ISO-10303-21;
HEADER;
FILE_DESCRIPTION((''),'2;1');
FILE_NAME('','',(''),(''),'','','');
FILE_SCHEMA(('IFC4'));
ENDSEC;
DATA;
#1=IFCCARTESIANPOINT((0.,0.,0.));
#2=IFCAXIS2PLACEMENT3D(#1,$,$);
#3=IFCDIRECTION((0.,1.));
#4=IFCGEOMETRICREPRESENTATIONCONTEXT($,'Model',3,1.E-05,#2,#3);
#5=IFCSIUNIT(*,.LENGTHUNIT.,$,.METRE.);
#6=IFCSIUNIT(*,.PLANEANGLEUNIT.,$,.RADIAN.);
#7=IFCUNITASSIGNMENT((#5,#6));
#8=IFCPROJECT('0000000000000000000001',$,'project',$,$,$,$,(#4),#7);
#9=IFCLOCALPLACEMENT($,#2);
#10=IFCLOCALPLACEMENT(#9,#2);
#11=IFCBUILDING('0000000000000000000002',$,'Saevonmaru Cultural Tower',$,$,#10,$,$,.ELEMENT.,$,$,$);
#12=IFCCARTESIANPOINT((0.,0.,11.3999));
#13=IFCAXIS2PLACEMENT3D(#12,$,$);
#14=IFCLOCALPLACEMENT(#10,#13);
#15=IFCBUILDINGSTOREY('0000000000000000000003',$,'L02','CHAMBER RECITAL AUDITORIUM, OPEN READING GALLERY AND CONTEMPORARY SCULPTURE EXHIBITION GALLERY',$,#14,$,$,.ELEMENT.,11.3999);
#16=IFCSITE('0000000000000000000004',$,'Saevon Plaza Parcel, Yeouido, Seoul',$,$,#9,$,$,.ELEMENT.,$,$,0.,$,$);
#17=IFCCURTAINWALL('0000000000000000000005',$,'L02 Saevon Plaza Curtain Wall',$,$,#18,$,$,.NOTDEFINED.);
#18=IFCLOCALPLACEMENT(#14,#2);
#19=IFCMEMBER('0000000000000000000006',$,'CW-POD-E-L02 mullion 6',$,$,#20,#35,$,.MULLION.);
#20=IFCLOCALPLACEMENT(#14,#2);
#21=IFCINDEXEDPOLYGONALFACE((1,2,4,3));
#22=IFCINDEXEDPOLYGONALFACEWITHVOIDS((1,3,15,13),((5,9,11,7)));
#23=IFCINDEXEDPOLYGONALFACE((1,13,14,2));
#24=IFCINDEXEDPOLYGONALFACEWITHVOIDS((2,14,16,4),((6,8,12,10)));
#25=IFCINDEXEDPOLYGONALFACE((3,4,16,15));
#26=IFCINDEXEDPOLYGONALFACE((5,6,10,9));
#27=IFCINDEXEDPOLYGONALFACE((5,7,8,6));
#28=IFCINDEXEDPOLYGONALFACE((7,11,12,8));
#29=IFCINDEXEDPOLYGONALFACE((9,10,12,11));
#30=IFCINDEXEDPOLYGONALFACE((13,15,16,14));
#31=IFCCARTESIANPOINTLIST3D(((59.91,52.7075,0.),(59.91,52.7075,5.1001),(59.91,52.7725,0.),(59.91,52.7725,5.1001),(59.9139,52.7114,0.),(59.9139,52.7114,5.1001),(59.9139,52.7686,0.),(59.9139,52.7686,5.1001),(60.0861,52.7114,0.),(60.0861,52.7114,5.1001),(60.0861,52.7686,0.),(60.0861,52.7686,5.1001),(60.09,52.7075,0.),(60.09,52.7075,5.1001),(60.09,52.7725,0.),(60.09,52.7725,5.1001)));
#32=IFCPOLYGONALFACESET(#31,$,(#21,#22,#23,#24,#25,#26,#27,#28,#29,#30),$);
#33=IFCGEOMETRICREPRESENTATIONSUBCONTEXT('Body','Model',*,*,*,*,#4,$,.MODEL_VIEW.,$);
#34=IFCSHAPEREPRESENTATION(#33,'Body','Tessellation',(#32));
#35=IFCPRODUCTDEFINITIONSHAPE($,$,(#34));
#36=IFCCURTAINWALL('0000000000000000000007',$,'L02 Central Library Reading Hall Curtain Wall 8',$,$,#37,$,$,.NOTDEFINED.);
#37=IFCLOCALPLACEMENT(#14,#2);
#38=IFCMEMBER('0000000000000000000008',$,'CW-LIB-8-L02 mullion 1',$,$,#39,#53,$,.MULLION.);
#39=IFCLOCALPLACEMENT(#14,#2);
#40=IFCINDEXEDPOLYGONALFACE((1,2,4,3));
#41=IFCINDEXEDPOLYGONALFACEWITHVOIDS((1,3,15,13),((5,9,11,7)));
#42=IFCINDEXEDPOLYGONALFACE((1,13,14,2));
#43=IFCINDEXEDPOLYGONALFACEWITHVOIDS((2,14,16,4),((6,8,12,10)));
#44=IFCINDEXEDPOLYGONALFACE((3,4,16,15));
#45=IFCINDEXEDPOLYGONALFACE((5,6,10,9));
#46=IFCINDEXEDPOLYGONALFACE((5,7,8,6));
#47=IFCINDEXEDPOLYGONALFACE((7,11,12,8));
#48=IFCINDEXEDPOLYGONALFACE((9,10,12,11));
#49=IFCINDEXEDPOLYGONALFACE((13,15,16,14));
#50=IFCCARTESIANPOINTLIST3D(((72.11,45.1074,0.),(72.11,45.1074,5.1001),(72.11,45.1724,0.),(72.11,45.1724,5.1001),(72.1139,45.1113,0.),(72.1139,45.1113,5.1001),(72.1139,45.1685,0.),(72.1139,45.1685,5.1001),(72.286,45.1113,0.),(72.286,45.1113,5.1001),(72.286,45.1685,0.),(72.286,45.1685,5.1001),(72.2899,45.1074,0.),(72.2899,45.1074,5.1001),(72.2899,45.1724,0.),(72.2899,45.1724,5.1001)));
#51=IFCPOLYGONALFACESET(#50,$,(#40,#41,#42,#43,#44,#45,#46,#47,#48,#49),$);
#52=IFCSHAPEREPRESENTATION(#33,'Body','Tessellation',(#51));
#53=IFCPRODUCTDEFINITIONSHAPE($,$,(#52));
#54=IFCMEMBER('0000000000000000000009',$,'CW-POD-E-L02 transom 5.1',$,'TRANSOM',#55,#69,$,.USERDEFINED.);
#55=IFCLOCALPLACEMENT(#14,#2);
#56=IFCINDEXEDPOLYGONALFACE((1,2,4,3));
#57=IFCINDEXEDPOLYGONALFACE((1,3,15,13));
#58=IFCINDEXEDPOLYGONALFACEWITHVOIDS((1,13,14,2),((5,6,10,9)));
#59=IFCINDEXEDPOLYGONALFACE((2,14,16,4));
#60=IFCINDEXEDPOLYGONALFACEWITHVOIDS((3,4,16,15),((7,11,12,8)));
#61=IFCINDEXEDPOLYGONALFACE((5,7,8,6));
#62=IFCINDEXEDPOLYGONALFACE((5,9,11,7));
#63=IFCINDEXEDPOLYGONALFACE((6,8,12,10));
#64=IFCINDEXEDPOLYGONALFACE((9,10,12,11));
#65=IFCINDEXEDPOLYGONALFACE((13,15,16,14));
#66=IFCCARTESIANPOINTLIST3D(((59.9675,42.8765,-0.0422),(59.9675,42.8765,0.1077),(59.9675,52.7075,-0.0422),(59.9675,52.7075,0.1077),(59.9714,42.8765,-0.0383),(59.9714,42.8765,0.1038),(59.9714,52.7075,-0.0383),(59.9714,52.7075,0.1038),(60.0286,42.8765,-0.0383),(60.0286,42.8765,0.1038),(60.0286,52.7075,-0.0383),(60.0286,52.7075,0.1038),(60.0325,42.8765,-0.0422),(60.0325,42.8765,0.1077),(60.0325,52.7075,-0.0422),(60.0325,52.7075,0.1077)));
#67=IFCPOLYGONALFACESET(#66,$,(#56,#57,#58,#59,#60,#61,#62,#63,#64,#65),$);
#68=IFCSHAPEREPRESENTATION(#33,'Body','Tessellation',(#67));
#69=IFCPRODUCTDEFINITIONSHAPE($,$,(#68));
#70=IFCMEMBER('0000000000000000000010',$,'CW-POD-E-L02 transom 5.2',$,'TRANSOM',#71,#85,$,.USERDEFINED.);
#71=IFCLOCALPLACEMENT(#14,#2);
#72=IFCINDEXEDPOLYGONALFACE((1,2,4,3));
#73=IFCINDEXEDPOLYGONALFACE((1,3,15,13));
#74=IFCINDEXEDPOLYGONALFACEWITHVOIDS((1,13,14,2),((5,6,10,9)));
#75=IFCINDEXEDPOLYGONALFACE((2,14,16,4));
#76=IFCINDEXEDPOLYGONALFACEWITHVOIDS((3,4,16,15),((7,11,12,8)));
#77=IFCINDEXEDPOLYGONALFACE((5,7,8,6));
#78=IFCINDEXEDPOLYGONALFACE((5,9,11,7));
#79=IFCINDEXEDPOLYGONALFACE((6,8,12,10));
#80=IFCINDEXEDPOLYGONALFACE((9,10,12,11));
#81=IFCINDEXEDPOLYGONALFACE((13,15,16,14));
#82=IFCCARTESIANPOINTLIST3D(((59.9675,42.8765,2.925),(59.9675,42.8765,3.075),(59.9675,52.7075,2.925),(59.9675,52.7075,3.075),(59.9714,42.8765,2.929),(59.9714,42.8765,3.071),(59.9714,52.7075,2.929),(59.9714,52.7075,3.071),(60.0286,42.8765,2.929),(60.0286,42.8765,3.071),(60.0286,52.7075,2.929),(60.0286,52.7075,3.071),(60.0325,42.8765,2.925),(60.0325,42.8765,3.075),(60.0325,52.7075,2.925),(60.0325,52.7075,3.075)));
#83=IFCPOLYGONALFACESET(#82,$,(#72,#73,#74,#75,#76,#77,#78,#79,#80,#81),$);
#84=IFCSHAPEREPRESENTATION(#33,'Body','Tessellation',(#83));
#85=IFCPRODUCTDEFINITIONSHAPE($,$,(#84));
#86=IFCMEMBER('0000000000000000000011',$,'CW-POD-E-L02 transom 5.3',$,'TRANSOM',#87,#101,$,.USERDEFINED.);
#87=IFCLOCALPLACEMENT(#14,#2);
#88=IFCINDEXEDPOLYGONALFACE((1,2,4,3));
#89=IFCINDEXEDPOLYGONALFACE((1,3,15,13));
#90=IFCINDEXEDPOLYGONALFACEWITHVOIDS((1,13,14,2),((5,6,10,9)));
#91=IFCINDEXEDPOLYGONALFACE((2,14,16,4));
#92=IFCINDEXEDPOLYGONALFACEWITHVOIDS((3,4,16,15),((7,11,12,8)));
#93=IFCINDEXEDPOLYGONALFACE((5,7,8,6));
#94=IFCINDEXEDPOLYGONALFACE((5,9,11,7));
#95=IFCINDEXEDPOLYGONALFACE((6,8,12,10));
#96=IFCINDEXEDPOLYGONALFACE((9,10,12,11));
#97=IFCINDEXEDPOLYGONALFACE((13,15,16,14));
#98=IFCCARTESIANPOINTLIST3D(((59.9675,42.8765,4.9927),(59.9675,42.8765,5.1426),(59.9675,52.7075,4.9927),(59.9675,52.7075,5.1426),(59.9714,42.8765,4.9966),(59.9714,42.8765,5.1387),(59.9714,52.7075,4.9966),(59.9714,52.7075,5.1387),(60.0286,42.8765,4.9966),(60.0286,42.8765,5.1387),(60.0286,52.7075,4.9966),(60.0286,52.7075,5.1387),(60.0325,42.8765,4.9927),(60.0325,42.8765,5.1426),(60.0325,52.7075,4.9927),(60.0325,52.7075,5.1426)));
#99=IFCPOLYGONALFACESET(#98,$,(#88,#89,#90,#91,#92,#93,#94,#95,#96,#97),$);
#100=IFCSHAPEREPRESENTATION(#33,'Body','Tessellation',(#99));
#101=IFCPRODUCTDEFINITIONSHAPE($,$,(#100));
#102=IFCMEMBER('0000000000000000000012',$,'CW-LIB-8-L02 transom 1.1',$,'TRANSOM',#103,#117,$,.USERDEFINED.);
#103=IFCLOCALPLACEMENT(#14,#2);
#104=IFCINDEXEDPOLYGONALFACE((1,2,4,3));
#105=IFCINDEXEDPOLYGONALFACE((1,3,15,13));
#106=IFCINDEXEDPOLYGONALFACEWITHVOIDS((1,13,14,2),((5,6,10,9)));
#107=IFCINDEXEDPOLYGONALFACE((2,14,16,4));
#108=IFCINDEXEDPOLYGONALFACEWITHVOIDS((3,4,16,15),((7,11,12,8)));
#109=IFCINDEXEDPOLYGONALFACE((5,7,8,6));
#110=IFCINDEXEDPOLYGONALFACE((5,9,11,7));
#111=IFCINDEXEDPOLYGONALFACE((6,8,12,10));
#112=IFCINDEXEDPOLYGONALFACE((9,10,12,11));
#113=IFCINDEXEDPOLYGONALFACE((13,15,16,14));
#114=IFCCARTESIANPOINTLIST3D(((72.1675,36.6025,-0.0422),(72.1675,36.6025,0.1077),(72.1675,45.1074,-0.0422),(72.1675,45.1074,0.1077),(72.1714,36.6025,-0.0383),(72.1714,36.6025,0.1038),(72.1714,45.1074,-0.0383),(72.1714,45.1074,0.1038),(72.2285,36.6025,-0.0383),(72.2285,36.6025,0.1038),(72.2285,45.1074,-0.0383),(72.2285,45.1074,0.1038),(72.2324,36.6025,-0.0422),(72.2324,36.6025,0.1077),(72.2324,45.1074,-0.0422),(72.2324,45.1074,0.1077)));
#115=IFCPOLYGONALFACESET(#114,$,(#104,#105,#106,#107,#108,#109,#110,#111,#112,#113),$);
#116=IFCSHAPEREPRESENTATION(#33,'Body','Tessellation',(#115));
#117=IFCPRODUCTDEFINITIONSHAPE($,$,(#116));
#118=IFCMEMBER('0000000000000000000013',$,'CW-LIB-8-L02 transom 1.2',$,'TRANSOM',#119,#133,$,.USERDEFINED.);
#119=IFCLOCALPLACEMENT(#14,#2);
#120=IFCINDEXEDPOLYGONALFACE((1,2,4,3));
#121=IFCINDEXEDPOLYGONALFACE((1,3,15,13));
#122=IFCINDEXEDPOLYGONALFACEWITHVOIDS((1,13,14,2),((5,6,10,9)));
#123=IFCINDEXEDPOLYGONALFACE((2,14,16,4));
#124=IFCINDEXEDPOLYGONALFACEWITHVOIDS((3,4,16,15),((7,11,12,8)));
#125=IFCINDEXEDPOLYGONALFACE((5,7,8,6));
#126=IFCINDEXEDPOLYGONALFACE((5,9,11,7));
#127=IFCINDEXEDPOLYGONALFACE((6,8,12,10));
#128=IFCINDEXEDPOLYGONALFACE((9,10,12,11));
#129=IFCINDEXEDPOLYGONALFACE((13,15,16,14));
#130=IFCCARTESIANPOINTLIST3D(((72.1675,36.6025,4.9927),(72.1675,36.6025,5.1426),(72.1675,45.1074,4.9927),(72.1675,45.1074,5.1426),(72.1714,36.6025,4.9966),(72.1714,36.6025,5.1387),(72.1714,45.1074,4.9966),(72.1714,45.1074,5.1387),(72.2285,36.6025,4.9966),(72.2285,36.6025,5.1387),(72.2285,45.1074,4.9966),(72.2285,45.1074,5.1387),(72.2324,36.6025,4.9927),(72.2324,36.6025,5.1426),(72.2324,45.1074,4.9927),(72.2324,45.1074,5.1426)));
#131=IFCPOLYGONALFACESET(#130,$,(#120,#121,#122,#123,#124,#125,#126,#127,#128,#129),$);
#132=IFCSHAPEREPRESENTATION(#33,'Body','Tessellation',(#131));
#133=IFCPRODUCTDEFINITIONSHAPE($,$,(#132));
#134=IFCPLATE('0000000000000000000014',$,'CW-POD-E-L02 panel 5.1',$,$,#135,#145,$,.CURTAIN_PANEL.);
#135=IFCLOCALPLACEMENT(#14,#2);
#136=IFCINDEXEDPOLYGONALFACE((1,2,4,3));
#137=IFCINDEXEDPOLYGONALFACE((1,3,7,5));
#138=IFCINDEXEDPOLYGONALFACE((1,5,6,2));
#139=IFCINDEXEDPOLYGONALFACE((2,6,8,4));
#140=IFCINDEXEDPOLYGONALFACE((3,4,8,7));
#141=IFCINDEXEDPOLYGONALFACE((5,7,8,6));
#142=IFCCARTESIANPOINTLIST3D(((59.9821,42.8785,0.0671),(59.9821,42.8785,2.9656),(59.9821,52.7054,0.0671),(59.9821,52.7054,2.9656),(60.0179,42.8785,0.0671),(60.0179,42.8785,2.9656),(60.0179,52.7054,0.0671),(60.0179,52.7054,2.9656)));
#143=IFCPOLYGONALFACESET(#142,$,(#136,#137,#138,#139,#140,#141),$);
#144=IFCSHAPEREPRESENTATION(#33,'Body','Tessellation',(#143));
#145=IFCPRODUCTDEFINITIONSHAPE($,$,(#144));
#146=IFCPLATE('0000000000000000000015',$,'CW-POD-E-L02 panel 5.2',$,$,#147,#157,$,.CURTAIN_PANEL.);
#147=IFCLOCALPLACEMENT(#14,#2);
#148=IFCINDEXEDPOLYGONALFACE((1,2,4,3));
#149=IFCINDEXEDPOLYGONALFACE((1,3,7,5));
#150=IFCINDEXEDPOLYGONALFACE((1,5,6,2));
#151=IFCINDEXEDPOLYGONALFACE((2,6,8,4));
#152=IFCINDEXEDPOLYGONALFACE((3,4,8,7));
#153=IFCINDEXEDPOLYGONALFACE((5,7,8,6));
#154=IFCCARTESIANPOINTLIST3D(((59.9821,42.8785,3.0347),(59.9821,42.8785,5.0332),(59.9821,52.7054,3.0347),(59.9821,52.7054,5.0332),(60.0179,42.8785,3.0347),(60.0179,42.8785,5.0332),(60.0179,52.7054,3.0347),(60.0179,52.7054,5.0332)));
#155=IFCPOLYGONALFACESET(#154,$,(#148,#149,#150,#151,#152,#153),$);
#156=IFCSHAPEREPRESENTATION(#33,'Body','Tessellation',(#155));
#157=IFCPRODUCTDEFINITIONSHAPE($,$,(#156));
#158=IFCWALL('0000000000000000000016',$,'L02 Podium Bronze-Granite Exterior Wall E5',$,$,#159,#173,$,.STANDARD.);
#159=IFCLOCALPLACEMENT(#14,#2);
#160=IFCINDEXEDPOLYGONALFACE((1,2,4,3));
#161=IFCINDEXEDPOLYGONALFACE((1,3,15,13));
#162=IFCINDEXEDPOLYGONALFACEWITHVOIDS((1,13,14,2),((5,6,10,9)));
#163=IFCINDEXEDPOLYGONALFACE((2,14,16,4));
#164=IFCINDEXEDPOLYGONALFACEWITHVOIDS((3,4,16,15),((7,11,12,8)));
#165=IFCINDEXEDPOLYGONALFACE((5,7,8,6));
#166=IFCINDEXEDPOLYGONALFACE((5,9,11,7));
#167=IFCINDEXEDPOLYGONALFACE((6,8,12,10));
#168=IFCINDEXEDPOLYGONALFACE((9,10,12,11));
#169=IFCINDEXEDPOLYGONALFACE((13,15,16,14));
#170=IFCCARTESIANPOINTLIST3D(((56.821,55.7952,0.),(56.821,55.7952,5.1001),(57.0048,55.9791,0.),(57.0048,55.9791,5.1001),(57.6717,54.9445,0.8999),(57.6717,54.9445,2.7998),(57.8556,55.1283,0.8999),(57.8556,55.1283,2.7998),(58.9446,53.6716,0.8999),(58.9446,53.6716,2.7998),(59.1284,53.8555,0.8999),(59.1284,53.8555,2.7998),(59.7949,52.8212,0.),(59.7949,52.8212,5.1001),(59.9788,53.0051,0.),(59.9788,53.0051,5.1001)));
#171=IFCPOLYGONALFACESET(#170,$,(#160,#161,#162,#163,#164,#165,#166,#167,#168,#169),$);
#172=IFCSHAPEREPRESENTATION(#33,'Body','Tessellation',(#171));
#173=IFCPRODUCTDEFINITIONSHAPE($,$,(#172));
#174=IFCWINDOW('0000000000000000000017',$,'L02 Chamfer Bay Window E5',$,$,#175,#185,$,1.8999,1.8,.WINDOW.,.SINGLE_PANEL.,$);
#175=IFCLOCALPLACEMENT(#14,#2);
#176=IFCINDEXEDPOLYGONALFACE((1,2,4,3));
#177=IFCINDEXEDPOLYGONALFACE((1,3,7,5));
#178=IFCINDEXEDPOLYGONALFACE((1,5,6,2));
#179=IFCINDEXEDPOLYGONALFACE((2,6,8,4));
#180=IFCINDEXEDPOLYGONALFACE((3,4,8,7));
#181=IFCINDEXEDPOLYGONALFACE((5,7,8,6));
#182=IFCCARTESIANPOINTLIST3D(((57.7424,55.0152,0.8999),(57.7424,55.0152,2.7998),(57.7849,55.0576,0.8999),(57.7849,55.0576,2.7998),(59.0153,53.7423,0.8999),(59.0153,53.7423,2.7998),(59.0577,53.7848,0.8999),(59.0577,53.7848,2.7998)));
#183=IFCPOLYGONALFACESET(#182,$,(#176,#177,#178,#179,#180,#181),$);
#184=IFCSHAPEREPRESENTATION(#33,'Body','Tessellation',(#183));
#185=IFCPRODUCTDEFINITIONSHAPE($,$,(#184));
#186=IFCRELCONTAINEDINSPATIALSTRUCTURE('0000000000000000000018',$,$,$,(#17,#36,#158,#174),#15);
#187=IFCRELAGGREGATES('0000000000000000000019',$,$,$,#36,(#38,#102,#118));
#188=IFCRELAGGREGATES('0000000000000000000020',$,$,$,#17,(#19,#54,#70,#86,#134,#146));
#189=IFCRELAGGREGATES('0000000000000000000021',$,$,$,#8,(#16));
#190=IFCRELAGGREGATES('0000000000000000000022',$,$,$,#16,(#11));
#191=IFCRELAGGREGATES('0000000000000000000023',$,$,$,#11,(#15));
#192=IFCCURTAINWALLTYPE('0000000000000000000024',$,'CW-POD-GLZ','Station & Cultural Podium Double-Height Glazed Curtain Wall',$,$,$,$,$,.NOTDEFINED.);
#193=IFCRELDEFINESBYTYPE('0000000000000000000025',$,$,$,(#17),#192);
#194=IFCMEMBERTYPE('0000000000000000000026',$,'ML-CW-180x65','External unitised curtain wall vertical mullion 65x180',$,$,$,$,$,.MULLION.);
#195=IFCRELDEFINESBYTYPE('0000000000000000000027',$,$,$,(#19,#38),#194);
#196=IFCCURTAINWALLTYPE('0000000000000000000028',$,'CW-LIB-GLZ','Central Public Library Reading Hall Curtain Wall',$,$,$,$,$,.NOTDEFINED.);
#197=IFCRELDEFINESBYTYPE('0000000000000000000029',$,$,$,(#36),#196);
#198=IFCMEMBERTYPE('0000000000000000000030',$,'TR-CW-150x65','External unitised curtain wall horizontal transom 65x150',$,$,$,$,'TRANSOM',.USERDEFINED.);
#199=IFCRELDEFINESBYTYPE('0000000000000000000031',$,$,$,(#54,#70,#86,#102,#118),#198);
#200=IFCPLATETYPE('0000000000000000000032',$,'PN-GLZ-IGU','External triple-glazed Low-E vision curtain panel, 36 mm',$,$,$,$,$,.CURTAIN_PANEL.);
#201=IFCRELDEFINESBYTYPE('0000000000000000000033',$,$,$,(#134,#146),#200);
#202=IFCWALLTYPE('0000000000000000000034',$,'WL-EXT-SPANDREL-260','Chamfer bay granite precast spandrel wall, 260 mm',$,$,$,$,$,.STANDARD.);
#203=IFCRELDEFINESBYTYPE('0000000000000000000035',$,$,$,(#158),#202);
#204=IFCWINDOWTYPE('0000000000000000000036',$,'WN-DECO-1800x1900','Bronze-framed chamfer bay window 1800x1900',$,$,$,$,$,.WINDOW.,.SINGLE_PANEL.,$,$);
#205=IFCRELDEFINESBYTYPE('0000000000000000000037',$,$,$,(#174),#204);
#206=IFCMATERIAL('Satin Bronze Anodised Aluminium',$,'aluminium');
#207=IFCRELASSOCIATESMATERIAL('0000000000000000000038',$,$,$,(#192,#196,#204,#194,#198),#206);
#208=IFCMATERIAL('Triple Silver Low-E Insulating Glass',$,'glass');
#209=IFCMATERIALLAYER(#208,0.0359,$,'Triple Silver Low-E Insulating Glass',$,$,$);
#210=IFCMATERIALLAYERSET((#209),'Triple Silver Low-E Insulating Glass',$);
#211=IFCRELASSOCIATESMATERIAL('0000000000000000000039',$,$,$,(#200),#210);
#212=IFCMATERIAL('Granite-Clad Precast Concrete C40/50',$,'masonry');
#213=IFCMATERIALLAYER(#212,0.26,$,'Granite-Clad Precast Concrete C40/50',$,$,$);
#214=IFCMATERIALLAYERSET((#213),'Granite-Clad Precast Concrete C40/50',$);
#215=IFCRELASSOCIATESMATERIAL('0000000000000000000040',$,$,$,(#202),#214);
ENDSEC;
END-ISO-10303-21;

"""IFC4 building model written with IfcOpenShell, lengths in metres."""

from ifc_helpers import new_model, si_unit, direction, frame, frame_2d, origin, origin_2d, place, context, subcontext, project, spatial, rectangle, hollow_rectangle, extrude, material, layer, layer_set, material_profile, profile_set, type_object, element, fill, aggregate, save


model = new_model("IFC4")

# Units and contexts
model_context = context("Model", 3, precision=1e-05, world=origin(), true_north=direction((0.0, 1.0)))
body_context = subcontext(model_context, "Body", "Model", "MODEL_VIEW")
ifc_project = project(units=[si_unit("LENGTHUNIT", "METRE"), si_unit("PLANEANGLEUNIT", "RADIAN")], contexts=[model_context])

# Site, building, storey
site_placement = place(None, origin())
site = spatial("IfcSite", under=ifc_project, at=site_placement, Name="Saevon Plaza Parcel, Yeouido, Seoul", CompositionType="ELEMENT", RefElevation=0.0)
building_placement = place(site_placement, origin())
building = spatial("IfcBuilding", under=site, at=building_placement, Name="Saevonmaru Cultural Tower", CompositionType="ELEMENT")
storey_placement = place(building_placement, frame((0.0, 0.0, 11.3999)))
storey = spatial("IfcBuildingStorey", under=building, at=storey_placement, Name="L02", Description="CHAMBER RECITAL AUDITORIUM, OPEN READING GALLERY AND CONTEMPORARY SCULPTURE EXHIBITION GALLERY", CompositionType="ELEMENT", Elevation=11.3999)

# Curtain wall, member
ifc_material_1 = material(Name="Satin Bronze Anodised Aluminium", Category="aluminium")
curtain_wall_type_1 = type_object("IfcCurtainWallType", Name="CW-POD-GLZ", Description="Station & Cultural Podium Double-Height Glazed Curtain Wall", PredefinedType="NOTDEFINED", material=ifc_material_1)
curtain_wall_1_placement = place(storey_placement, origin())
curtain_wall_1 = element("IfcCurtainWall", 1, at=curtain_wall_1_placement, inside=storey, type_object=curtain_wall_type_1, Name="L02 Saevon Plaza Curtain Wall", PredefinedType="NOTDEFINED")
ifc_material_profile_1 = material_profile(ifc_material_1, hollow_rectangle(XDim=0.0649, YDim=0.1799, WallThickness=0.0039, at=origin_2d()), Name="ALU-MULL-180x65x4")
ifc_profile_set_1 = profile_set([ifc_material_profile_1], Name="Satin Bronze Anodised Aluminium")
member_type_1 = type_object("IfcMemberType", Name="ML-CW-180x65", Description="External unitised curtain wall vertical mullion 65x180", PredefinedType="MULLION", material=ifc_profile_set_1)
member_1_placement = place(storey_placement, frame((60.0, 52.74, 0.0), z_axis=(0.0, 0.0, 1.0), x_axis=(0.0, 1.0, 0.0)))
member_1 = element("IfcMember", 2, at=member_1_placement, type_object=member_type_1, Name="CW-POD-E-L02 mullion 6", PredefinedType="MULLION", context=body_context, shape_type="SweptSolid", body=[
    extrude(hollow_rectangle(XDim=0.0649, YDim=0.1799, WallThickness=0.0039, at=origin_2d()), origin(), (0.0, 0.0, 1.0), 5.1001),
])

# Curtain wall, member
curtain_wall_type_2 = type_object("IfcCurtainWallType", Name="CW-LIB-GLZ", Description="Central Public Library Reading Hall Curtain Wall", PredefinedType="NOTDEFINED", material=ifc_material_1)
curtain_wall_2_placement = place(storey_placement, origin())
curtain_wall_2 = element("IfcCurtainWall", 3, at=curtain_wall_2_placement, inside=storey, type_object=curtain_wall_type_2, Name="L02 Central Library Reading Hall Curtain Wall 8", PredefinedType="NOTDEFINED")
member_2_placement = place(storey_placement, frame((72.2, 45.1399, 0.0), z_axis=(0.0, 0.0, 1.0), x_axis=(0.0, -1.0, 0.0)))
member_2 = element("IfcMember", 4, at=member_2_placement, type_object=member_type_1, Name="CW-LIB-8-L02 mullion 1", PredefinedType="MULLION", context=body_context, shape_type="SweptSolid", body=[
    extrude(hollow_rectangle(XDim=0.0649, YDim=0.1799, WallThickness=0.0039, at=origin_2d()), origin(), (0.0, 0.0, 1.0), 5.1001),
])

# Members
ifc_material_profile_2 = material_profile(ifc_material_1, hollow_rectangle(XDim=0.0649, YDim=0.1499, WallThickness=0.0039, at=origin_2d()), Name="ALU-TRAN-150x65x4")
ifc_profile_set_2 = profile_set([ifc_material_profile_2], Name="Satin Bronze Anodised Aluminium")
member_type_2 = type_object("IfcMemberType", Name="TR-CW-150x65", Description="External unitised curtain wall horizontal transom 65x150", ElementType="TRANSOM", PredefinedType="USERDEFINED", material=ifc_profile_set_2)
member_3_placement = place(storey_placement, frame((60.0, 42.8765, 0.0327), z_axis=(0.0, 1.0, 0.0), x_axis=(-1.0, 0.0, 0.0)))
member_3 = element("IfcMember", 5, at=member_3_placement, type_object=member_type_2, Name="CW-POD-E-L02 transom 5.1", ObjectType="TRANSOM", PredefinedType="USERDEFINED", context=body_context, shape_type="SweptSolid", body=[
    extrude(hollow_rectangle(XDim=0.0649, YDim=0.1499, WallThickness=0.0039, at=origin_2d()), origin(), (0.0, 0.0, 1.0), 9.8311),
])
member_4_placement = place(storey_placement, frame((60.0, 42.8765, 3.0), z_axis=(0.0, 1.0, 0.0), x_axis=(-1.0, 0.0, 0.0)))
member_4 = element("IfcMember", 6, at=member_4_placement, type_object=member_type_2, Name="CW-POD-E-L02 transom 5.2", ObjectType="TRANSOM", PredefinedType="USERDEFINED", context=body_context, shape_type="SweptSolid", body=[
    extrude(hollow_rectangle(XDim=0.0649, YDim=0.1499, WallThickness=0.0039, at=origin_2d()), origin(), (0.0, 0.0, 1.0), 9.8311),
])
member_5_placement = place(storey_placement, frame((60.0, 42.8765, 5.0676), z_axis=(0.0, 1.0, 0.0), x_axis=(-1.0, 0.0, 0.0)))
member_5 = element("IfcMember", 7, at=member_5_placement, type_object=member_type_2, Name="CW-POD-E-L02 transom 5.3", ObjectType="TRANSOM", PredefinedType="USERDEFINED", context=body_context, shape_type="SweptSolid", body=[
    extrude(hollow_rectangle(XDim=0.0649, YDim=0.1499, WallThickness=0.0039, at=origin_2d()), origin(), (0.0, 0.0, 1.0), 9.8311),
])
member_6_placement = place(storey_placement, frame((72.2, 45.1074, 0.0327), z_axis=(0.0, -1.0, 0.0), x_axis=(1.0, 0.0, 0.0)))
member_6 = element("IfcMember", 8, at=member_6_placement, type_object=member_type_2, Name="CW-LIB-8-L02 transom 1.1", ObjectType="TRANSOM", PredefinedType="USERDEFINED", context=body_context, shape_type="SweptSolid", body=[
    extrude(hollow_rectangle(XDim=0.0649, YDim=0.1499, WallThickness=0.0039, at=origin_2d()), origin(), (0.0, 0.0, 1.0), 8.5049),
])
member_7_placement = place(storey_placement, frame((72.2, 45.1074, 5.0676), z_axis=(0.0, -1.0, 0.0), x_axis=(1.0, 0.0, 0.0)))
member_7 = element("IfcMember", 9, at=member_7_placement, type_object=member_type_2, Name="CW-LIB-8-L02 transom 1.2", ObjectType="TRANSOM", PredefinedType="USERDEFINED", context=body_context, shape_type="SweptSolid", body=[
    extrude(hollow_rectangle(XDim=0.0649, YDim=0.1499, WallThickness=0.0039, at=origin_2d()), origin(), (0.0, 0.0, 1.0), 8.5049),
])
aggregate(curtain_wall_2, [member_2, member_6, member_7])

# Plates
ifc_material_2 = material(Name="Triple Silver Low-E Insulating Glass", Category="glass")
ifc_layer_1 = layer(ifc_material_2, 0.0359, Name="Triple Silver Low-E Insulating Glass")
ifc_layer_set_1 = layer_set([ifc_layer_1], Name="Triple Silver Low-E Insulating Glass")
plate_type = type_object("IfcPlateType", Name="PN-GLZ-IGU", Description="External triple-glazed Low-E vision curtain panel, 36 mm", PredefinedType="CURTAIN_PANEL", material=ifc_layer_set_1)
plate_1_placement = place(storey_placement, frame((60.0, 47.792, 0.0671), z_axis=(0.0, 0.0, 1.0), x_axis=(0.0, 1.0, 0.0)))
plate_1 = element("IfcPlate", 10, at=plate_1_placement, type_object=plate_type, Name="CW-POD-E-L02 panel 5.1", PredefinedType="CURTAIN_PANEL", context=body_context, shape_type="SweptSolid", body=[
    extrude(rectangle(XDim=9.8269, YDim=0.0359, at=origin_2d()), origin(), (0.0, 0.0, 1.0), 2.8984),
])
plate_2_placement = place(storey_placement, frame((60.0, 47.792, 3.0347), z_axis=(0.0, 0.0, 1.0), x_axis=(0.0, 1.0, 0.0)))
plate_2 = element("IfcPlate", 11, at=plate_2_placement, type_object=plate_type, Name="CW-POD-E-L02 panel 5.2", PredefinedType="CURTAIN_PANEL", context=body_context, shape_type="SweptSolid", body=[
    extrude(rectangle(XDim=9.8269, YDim=0.0359, at=origin_2d()), origin(), (0.0, 0.0, 1.0), 1.9985),
])
aggregate(curtain_wall_1, [member_1, member_3, member_4, member_5, plate_1, plate_2])

# Wall, opening, window
ifc_material_3 = material(Name="Granite-Clad Precast Concrete C40/50", Category="masonry")
ifc_layer_2 = layer(ifc_material_3, 0.26, Name="Granite-Clad Precast Concrete C40/50")
ifc_layer_set_2 = layer_set([ifc_layer_2], Name="Granite-Clad Precast Concrete C40/50")
wall_type_1 = type_object("IfcWallType", Name="WL-EXT-SPANDREL-260", Description="Chamfer bay granite precast spandrel wall, 260 mm", PredefinedType="STANDARD", material=ifc_layer_set_2)
wall_1_placement = place(storey_placement, frame((59.887, 52.9131, 0.0), z_axis=(0.0, 0.0, 1.0), x_axis=(-0.707107, 0.707107, 0.0)))
wall_1 = element("IfcWall", 12, at=wall_1_placement, inside=storey, type_object=wall_type_1, Name="L02 Podium Bronze-Granite Exterior Wall E5", PredefinedType="STANDARD", context=body_context, shape_type="SweptSolid", body=[
    extrude(rectangle(XDim=4.2058, YDim=0.26, at=frame_2d((2.103, 0.0))), origin(), (0.0, 0.0, 1.0), 5.1001),
])
opening_1_placement = place(wall_1_placement, frame((1.2029, 0.0, 0.8999)))
opening_1 = element("IfcOpeningElement", 13, at=opening_1_placement, cuts=wall_1, PredefinedType="OPENING", context=body_context, shape_type="SweptSolid", body=[
    extrude(rectangle(XDim=1.8, YDim=1.8999, at=frame_2d((0.8999, 0.95))), frame((0.0, 0.1401, 0.0), z_axis=(0.0, -1.0, 0.0), x_axis=(1.0, 0.0, 0.0)), (0.0, 0.0, 1.0), 0.28),
])
window_type_1 = type_object("IfcWindowType", Name="WN-DECO-1800x1900", Description="Bronze-framed chamfer bay window 1800x1900", PartitioningType="SINGLE_PANEL", PredefinedType="WINDOW", material=ifc_material_1)
window_1_placement = place(opening_1_placement, origin())
window_1 = element("IfcWindow", 14, at=window_1_placement, inside=storey, type_object=window_type_1, Name="L02 Chamfer Bay Window E5", OverallHeight=1.8999, OverallWidth=1.8, PartitioningType="SINGLE_PANEL", PredefinedType="WINDOW", context=body_context, shape_type="SweptSolid", body=[
    extrude(rectangle(XDim=1.8, YDim=1.8999, at=frame_2d((0.8999, 0.95))), frame((0.0, 0.03, 0.0), z_axis=(0.0, -1.0, 0.0), x_axis=(1.0, 0.0, 0.0)), (0.0, 0.0, 1.0), 0.0601),
])
fill(opening_1, window_1)

save(model, "model.ifc")
